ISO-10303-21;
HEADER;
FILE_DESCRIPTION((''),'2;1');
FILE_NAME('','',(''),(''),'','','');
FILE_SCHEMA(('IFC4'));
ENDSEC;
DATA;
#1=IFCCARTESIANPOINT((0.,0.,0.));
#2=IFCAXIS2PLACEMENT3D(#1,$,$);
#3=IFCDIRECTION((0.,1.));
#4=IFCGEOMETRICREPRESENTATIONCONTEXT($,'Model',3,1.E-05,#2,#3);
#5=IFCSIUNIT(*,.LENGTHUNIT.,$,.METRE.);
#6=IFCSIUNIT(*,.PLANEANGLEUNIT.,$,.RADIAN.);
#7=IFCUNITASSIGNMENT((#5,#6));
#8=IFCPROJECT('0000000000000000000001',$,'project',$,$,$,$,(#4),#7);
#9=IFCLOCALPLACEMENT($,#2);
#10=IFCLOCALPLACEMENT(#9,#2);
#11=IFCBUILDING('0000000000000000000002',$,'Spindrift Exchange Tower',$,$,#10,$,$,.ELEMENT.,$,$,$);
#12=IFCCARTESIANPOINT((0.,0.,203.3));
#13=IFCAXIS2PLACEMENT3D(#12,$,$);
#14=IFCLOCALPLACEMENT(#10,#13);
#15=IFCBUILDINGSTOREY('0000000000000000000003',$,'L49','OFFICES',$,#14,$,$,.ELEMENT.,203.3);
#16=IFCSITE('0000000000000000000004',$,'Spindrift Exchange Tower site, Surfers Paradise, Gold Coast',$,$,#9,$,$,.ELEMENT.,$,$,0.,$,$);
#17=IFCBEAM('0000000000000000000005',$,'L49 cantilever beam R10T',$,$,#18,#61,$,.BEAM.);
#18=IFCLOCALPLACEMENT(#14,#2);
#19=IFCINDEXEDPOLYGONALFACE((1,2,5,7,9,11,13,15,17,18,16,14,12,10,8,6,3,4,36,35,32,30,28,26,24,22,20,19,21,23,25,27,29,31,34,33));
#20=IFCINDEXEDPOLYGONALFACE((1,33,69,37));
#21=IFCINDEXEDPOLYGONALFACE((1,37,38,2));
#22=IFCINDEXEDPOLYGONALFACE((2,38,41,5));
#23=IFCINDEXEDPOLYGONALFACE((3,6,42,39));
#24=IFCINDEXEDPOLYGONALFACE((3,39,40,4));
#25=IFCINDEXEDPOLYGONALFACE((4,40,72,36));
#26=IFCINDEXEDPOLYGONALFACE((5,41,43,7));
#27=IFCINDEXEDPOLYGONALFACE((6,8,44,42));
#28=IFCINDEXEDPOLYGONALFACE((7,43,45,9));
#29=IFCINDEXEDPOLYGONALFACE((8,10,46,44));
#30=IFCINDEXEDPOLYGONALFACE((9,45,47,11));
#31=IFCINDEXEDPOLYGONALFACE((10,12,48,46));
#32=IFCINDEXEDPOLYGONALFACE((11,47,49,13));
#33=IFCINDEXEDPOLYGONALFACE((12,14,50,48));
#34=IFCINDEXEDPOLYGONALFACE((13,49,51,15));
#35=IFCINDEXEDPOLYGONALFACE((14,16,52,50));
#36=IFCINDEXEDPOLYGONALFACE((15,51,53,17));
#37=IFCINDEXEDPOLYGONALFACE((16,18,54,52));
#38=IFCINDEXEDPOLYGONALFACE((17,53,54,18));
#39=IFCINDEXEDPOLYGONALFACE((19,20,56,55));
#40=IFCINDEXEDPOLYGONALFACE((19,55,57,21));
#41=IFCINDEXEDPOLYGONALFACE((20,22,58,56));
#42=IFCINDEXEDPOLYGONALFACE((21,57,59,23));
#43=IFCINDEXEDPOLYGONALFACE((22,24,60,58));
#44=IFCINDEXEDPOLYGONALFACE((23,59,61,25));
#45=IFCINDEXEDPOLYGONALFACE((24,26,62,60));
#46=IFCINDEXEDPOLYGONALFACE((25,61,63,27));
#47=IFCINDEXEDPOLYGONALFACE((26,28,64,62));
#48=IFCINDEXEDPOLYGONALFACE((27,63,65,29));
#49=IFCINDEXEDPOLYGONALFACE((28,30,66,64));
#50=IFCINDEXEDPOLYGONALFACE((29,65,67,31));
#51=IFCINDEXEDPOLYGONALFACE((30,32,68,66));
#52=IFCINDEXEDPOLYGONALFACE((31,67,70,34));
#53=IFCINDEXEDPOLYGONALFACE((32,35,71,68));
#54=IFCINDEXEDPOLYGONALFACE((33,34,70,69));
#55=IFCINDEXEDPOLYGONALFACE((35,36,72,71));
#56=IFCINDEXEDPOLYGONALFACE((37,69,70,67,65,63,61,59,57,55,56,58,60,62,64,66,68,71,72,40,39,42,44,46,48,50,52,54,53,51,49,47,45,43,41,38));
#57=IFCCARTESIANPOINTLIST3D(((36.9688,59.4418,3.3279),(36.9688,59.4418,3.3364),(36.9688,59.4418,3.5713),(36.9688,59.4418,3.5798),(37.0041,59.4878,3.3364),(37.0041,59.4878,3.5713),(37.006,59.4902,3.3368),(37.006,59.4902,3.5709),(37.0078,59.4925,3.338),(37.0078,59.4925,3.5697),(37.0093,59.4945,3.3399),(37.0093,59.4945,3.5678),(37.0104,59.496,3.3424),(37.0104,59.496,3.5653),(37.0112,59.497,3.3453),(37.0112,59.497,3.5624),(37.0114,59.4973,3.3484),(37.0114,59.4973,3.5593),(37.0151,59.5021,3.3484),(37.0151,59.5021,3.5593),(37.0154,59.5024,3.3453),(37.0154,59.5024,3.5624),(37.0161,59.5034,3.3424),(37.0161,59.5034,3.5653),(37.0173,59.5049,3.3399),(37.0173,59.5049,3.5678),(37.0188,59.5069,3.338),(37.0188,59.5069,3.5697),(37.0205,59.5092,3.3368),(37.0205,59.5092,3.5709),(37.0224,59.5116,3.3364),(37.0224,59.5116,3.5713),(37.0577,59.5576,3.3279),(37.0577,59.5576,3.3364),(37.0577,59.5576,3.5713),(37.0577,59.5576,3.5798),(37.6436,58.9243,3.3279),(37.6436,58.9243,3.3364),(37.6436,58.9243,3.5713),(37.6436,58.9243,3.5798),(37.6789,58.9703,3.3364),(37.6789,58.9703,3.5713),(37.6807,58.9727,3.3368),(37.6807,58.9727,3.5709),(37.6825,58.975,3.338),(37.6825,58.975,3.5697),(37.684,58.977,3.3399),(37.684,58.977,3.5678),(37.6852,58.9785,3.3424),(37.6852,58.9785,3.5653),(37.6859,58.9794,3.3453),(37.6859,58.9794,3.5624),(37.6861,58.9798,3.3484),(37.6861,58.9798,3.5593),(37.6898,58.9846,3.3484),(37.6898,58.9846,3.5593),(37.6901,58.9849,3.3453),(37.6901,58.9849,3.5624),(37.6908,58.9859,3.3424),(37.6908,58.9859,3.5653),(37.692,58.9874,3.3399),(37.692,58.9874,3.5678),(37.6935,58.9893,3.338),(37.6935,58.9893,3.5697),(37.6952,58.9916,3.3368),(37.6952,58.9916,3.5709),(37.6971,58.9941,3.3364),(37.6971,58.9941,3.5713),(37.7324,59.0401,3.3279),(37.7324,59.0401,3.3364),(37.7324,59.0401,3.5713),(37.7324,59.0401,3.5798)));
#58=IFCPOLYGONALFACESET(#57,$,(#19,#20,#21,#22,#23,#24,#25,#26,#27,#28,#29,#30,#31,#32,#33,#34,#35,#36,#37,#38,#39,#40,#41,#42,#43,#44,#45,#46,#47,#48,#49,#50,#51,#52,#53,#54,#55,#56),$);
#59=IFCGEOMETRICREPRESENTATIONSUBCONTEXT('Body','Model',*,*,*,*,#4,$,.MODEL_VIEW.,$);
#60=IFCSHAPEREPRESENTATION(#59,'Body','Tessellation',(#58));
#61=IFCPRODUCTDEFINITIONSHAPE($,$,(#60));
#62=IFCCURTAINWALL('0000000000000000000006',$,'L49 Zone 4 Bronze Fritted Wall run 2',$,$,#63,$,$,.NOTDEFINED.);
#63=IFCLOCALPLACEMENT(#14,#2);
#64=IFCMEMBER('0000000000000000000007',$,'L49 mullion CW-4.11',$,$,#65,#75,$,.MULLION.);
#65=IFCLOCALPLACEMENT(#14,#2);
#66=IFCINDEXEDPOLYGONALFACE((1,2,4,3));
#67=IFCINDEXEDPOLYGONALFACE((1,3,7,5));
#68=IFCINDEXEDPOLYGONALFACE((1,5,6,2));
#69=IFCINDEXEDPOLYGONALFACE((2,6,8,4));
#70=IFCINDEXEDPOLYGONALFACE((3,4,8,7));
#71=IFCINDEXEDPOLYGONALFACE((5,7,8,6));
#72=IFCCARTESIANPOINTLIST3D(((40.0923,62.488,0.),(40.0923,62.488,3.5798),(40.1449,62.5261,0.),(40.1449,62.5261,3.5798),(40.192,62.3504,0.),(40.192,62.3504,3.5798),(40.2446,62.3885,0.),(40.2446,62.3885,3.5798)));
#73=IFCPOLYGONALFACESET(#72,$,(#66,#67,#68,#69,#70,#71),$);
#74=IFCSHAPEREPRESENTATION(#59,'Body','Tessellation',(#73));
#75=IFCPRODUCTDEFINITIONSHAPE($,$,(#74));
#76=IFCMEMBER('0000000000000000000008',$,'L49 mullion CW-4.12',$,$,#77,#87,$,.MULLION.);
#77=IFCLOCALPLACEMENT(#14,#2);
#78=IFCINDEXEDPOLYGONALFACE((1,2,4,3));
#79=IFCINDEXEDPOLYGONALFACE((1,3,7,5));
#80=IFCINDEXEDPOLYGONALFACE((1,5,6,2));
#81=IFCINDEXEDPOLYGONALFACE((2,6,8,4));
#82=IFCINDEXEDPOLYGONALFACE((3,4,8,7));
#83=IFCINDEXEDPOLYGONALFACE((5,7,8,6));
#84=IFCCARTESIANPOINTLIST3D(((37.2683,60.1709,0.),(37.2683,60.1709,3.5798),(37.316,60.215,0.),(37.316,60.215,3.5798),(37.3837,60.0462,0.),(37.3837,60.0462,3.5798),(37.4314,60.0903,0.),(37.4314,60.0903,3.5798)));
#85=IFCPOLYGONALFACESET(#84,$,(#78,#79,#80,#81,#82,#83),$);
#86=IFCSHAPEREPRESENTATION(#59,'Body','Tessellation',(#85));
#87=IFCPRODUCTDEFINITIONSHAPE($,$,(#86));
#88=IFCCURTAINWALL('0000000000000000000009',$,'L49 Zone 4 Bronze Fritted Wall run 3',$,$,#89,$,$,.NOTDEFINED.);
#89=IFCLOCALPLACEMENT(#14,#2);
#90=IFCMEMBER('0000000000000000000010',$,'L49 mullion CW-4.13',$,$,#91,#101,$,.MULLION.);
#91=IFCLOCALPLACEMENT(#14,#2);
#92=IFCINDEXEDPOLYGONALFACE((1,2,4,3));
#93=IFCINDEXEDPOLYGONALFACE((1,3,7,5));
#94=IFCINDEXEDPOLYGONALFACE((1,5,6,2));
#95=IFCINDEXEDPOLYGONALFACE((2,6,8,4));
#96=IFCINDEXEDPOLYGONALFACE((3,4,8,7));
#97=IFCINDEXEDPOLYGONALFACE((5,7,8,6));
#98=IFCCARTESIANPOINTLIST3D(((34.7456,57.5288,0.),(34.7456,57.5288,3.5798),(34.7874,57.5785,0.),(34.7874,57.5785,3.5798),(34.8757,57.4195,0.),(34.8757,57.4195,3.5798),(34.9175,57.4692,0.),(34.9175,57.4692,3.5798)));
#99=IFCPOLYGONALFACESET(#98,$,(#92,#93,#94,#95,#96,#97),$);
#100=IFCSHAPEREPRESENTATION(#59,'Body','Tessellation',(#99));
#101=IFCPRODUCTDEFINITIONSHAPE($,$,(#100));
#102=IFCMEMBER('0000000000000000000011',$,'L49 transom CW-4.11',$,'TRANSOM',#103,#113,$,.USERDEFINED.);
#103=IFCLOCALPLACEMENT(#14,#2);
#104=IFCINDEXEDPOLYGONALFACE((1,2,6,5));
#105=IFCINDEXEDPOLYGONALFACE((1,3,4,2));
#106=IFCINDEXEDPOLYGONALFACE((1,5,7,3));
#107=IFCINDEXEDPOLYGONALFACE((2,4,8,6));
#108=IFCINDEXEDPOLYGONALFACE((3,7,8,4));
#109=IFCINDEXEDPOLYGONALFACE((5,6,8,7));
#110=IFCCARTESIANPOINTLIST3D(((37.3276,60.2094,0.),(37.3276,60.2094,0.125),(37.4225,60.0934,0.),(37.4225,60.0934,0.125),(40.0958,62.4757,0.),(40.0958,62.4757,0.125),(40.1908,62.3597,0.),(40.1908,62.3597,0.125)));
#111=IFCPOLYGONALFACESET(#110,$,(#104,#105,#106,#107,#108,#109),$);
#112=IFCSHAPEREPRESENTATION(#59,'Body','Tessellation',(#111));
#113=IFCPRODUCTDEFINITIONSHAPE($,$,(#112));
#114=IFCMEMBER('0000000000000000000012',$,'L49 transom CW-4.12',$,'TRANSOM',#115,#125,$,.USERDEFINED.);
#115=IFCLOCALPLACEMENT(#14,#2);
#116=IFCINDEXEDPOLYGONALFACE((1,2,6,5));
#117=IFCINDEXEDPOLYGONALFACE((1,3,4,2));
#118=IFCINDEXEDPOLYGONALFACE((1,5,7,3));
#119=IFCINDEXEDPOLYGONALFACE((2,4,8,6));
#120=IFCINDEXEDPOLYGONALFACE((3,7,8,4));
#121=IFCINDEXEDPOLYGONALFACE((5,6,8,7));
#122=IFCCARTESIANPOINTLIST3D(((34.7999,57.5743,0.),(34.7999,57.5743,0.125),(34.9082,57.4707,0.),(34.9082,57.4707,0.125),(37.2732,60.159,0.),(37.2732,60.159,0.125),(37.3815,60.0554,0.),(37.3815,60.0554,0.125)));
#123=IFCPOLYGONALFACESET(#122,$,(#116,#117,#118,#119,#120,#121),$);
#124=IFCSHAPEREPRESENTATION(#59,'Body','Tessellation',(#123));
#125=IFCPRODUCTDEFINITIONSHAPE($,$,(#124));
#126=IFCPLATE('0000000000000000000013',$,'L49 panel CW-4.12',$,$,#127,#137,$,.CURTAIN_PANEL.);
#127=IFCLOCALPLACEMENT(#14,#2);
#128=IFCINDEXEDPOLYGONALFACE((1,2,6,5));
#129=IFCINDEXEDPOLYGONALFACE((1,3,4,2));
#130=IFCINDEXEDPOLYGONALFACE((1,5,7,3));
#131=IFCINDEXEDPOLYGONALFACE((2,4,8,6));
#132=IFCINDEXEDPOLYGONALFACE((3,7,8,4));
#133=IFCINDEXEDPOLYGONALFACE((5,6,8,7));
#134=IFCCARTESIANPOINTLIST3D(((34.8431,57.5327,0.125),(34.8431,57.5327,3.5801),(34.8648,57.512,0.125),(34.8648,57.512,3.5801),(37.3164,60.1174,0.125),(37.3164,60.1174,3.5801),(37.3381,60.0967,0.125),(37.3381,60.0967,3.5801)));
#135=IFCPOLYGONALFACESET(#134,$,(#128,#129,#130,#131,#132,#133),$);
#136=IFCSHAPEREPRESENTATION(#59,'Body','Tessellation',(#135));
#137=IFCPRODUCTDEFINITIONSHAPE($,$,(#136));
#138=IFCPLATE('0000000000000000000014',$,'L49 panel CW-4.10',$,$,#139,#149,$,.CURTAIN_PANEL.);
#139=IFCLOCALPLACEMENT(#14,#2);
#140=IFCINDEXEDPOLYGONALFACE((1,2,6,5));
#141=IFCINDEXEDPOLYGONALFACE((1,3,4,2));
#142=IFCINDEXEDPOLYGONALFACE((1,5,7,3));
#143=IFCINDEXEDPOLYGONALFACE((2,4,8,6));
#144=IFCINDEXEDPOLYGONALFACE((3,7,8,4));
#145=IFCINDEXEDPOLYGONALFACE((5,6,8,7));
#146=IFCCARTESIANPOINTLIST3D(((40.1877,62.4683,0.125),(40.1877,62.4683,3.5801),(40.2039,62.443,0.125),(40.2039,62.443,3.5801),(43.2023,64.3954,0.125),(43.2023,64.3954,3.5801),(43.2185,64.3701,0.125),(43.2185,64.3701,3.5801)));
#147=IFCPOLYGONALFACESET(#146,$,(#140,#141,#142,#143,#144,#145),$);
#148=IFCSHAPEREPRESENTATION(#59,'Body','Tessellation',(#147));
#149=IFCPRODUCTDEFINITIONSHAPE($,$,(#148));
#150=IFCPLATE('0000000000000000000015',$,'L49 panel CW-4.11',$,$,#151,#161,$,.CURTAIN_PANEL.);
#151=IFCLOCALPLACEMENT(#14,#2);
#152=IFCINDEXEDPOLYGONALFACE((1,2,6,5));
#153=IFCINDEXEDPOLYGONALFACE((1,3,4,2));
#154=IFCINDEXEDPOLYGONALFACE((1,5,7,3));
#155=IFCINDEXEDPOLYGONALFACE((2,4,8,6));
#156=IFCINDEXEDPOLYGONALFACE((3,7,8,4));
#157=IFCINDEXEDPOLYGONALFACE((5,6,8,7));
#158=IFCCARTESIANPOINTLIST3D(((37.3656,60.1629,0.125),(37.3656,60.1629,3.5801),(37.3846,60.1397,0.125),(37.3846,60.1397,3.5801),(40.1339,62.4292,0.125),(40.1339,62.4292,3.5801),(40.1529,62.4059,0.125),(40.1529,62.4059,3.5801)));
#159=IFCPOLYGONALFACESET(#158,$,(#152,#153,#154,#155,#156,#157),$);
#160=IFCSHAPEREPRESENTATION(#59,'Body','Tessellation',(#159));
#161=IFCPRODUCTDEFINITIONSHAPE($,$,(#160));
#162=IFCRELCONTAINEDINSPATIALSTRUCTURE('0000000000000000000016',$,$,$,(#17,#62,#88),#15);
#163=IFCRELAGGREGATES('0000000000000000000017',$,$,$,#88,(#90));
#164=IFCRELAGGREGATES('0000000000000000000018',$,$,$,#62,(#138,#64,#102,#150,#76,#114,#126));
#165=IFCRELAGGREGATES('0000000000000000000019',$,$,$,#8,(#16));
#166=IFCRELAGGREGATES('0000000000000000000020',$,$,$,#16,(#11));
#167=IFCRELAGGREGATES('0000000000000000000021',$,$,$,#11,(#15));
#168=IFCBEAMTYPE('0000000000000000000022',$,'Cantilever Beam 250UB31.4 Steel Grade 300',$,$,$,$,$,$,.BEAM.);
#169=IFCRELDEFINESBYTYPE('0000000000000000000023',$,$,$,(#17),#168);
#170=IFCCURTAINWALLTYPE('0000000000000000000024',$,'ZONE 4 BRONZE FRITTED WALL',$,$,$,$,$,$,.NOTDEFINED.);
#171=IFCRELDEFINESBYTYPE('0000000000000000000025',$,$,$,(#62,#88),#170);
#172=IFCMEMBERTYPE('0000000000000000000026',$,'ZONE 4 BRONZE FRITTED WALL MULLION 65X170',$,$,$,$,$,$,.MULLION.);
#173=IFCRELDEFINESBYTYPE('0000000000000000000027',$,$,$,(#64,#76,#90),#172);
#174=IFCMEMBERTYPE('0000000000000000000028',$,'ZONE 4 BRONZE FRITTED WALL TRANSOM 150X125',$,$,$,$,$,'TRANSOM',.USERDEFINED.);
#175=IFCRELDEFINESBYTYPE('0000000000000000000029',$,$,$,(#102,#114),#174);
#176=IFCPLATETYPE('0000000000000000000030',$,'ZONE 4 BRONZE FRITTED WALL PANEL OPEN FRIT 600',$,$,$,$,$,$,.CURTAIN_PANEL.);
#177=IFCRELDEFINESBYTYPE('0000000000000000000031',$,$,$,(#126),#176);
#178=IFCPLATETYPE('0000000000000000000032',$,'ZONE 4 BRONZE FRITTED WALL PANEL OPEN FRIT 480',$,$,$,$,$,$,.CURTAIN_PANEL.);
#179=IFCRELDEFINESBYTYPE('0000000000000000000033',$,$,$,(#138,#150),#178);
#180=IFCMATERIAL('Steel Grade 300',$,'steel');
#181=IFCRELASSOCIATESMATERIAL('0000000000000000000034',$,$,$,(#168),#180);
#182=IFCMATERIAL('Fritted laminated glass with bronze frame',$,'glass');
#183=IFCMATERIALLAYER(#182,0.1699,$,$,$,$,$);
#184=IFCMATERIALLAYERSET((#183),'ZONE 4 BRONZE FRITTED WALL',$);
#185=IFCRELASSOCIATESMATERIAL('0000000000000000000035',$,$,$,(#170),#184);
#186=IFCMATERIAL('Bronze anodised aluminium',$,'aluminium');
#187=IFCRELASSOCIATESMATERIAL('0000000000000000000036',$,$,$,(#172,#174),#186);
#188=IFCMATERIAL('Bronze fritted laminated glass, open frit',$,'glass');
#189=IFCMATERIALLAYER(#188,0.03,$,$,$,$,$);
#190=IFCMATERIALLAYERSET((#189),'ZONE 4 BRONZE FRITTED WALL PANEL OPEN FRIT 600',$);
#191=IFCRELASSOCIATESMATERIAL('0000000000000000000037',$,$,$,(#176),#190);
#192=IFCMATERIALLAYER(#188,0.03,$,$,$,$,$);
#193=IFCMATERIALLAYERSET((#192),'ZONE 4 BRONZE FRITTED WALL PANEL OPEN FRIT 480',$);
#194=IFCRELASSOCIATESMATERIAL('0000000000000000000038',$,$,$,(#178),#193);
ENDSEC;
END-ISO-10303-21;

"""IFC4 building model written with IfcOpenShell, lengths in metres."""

from ifc_helpers import new_model, si_unit, direction, frame, origin, origin_2d, place, context, subcontext, project, spatial, rectangle, i_section, extrude, source, transform, mapped, material, layer, layer_set, material_profile, profile_set, type_object, element, aggregate, save


model = new_model("IFC4")

# Units and contexts
model_context = context("Model", 3, precision=1e-05, world=origin(), true_north=direction((0.0, 1.0)))
body_context = subcontext(model_context, "Body", "Model", "MODEL_VIEW")
ifc_project = project(units=[si_unit("LENGTHUNIT", "METRE"), si_unit("PLANEANGLEUNIT", "RADIAN")], contexts=[model_context])

# Site, building, storey
site_placement = place(None, origin())
site = spatial("IfcSite", under=ifc_project, at=site_placement, Name="Spindrift Exchange Tower site, Surfers Paradise, Gold Coast", CompositionType="ELEMENT", RefElevation=0.0)
building_placement = place(site_placement, origin())
building = spatial("IfcBuilding", under=site, at=building_placement, Name="Spindrift Exchange Tower", CompositionType="ELEMENT")
storey_placement = place(building_placement, frame((0.0, 0.0, 203.3)))
storey = spatial("IfcBuildingStorey", under=building, at=storey_placement, Name="L49", Description="OFFICES", CompositionType="ELEMENT", Elevation=203.3)

# Beam
ifc_material_1 = material(Name="Steel Grade 300", Category="steel")
ifc_material_profile_1 = material_profile(ifc_material_1, i_section(OverallWidth=0.146, OverallDepth=0.252, WebThickness=0.0061, FlangeThickness=0.0085, FilletRadius=0.012, at=origin_2d()), Name="250UB31.4")
ifc_profile_set_1 = profile_set([ifc_material_profile_1], Name="Steel Grade 300")
beam_type_1 = type_object("IfcBeamType", Name="Cantilever Beam 250UB31.4 Steel Grade 300", PredefinedType="BEAM", material=ifc_profile_set_1)
shared_shape_1 = source(origin(), body_context, "Body", "SweptSolid", [
    extrude(i_section(OverallWidth=0.146, OverallDepth=0.252, WebThickness=0.0061, FlangeThickness=0.0085, FilletRadius=0.012, at=origin_2d()), origin(), (0.0, 0.0, 1.0), 0.8503),
])
beam_1_placement = place(storey_placement, frame((37.688, 58.9822, 3.4539), z_axis=(-0.793477, 0.6086, 0.0), x_axis=(-0.6086, -0.793477, 0.0)))
element("IfcBeam", 1, at=beam_1_placement, inside=storey, type_object=beam_type_1, Name="L49 cantilever beam R10T", PredefinedType="BEAM", context=body_context, shape_type="MappedRepresentation", body=[
    mapped(shared_shape_1, transform((0.0, 0.0, 0.0), scale=1.0)),
])

# Curtain wall, members
ifc_material_2 = material(Name="Fritted laminated glass with bronze frame", Category="glass")
ifc_layer_1 = layer(ifc_material_2, 0.1699)
ifc_layer_set_1 = layer_set([ifc_layer_1], Name="ZONE 4 BRONZE FRITTED WALL")
curtain_wall_type = type_object("IfcCurtainWallType", Name="ZONE 4 BRONZE FRITTED WALL", PredefinedType="NOTDEFINED", material=ifc_layer_set_1)
curtain_wall_1_placement = place(storey_placement, origin())
curtain_wall_1 = element("IfcCurtainWall", 2, at=curtain_wall_1_placement, inside=storey, type_object=curtain_wall_type, Name="L49 Zone 4 Bronze Fritted Wall run 2", PredefinedType="NOTDEFINED")
ifc_material_3 = material(Name="Bronze anodised aluminium", Category="aluminium")
ifc_material_profile_2 = material_profile(ifc_material_3, rectangle(XDim=0.0649, YDim=0.1699, at=origin_2d()), Name="ZONE 4 BRONZE FRITTED WALL MULLION 65X170")
ifc_profile_set_2 = profile_set([ifc_material_profile_2], Name="Bronze anodised aluminium")
member_type_1 = type_object("IfcMemberType", Name="ZONE 4 BRONZE FRITTED WALL MULLION 65X170", PredefinedType="MULLION", material=ifc_profile_set_2)
shared_shape_2 = source(origin(), body_context, "Body", "SweptSolid", [
    extrude(rectangle(XDim=0.0649, YDim=0.1699, at=origin_2d()), origin(), (0.0, 0.0, 1.0), 3.5798),
])
member_1_placement = place(storey_placement, frame((40.1685, 62.4382, 0.0), z_axis=(0.0, 0.0, 1.0), x_axis=(-0.809564, -0.587031, 0.0)))
member_1 = element("IfcMember", 3, at=member_1_placement, type_object=member_type_1, Name="L49 mullion CW-4.11", PredefinedType="MULLION", context=body_context, shape_type="MappedRepresentation", body=[
    mapped(shared_shape_2, transform((0.0, 0.0, 0.0), scale=1.0)),
])
member_2_placement = place(storey_placement, frame((37.3499, 60.1306, 0.0), z_axis=(0.0, 0.0, 1.0), x_axis=(-0.733928, -0.679227, 0.0)))
member_2 = element("IfcMember", 4, at=member_2_placement, type_object=member_type_1, Name="L49 mullion CW-4.12", PredefinedType="MULLION", context=body_context, shape_type="MappedRepresentation", body=[
    mapped(shared_shape_2, transform((0.0, 0.0, 0.0), scale=1.0)),
])

# Curtain wall, member
curtain_wall_2_placement = place(storey_placement, origin())
curtain_wall_2 = element("IfcCurtainWall", 5, at=curtain_wall_2_placement, inside=storey, type_object=curtain_wall_type, Name="L49 Zone 4 Bronze Fritted Wall run 3", PredefinedType="NOTDEFINED")
member_3_placement = place(storey_placement, frame((34.8315, 57.499, 0.0), z_axis=(0.0, 0.0, 1.0), x_axis=(-0.64325, -0.765656, 0.0)))
member_3 = element("IfcMember", 6, at=member_3_placement, type_object=member_type_1, Name="L49 mullion CW-4.13", PredefinedType="MULLION", context=body_context, shape_type="MappedRepresentation", body=[
    mapped(shared_shape_2, transform((0.0, 0.0, 0.0), scale=1.0)),
])
aggregate(curtain_wall_2, [member_3])

# Members
ifc_material_profile_3 = material_profile(ifc_material_3, rectangle(XDim=0.1499, YDim=0.125, at=origin_2d()), Name="ZONE 4 BRONZE FRITTED WALL TRANSOM 150X125")
ifc_profile_set_3 = profile_set([ifc_material_profile_3], Name="Bronze anodised aluminium")
member_type_2 = type_object("IfcMemberType", Name="ZONE 4 BRONZE FRITTED WALL TRANSOM 150X125", ElementType="TRANSOM", PredefinedType="USERDEFINED", material=ifc_profile_set_3)
shared_shape_3 = source(origin(), body_context, "Body", "SweptSolid", [
    extrude(rectangle(XDim=0.1499, YDim=0.125, at=origin_2d()), origin(), (0.0, 0.0, 1.0), 3.5776),
])
member_4_placement = place(storey_placement, frame((40.1433, 62.4177, 0.0625), z_axis=(-0.773769, -0.633468, 0.0), x_axis=(0.633468, -0.773769, 0.0)))
member_4 = element("IfcMember", 7, at=member_4_placement, type_object=member_type_2, Name="L49 transom CW-4.11", ObjectType="TRANSOM", PredefinedType="USERDEFINED", context=body_context, shape_type="MappedRepresentation", body=[
    mapped(shared_shape_3, transform((0.0, 0.0, 0.0), scale=1.0)),
])
shared_shape_4 = source(origin(), body_context, "Body", "SweptSolid", [
    extrude(rectangle(XDim=0.1499, YDim=0.125, at=origin_2d()), origin(), (0.0, 0.0, 1.0), 3.5774),
])
member_5_placement = place(storey_placement, frame((37.3274, 60.1072, 0.0625), z_axis=(-0.691376, -0.722495, 0.0), x_axis=(0.722495, -0.691376, 0.0)))
member_5 = element("IfcMember", 8, at=member_5_placement, type_object=member_type_2, Name="L49 transom CW-4.12", ObjectType="TRANSOM", PredefinedType="USERDEFINED", context=body_context, shape_type="MappedRepresentation", body=[
    mapped(shared_shape_4, transform((0.0, 0.0, 0.0), scale=1.0)),
])

# Plates
ifc_material_4 = material(Name="Bronze fritted laminated glass, open frit", Category="glass")
ifc_layer_2 = layer(ifc_material_4, 0.03)
ifc_layer_set_2 = layer_set([ifc_layer_2], Name="ZONE 4 BRONZE FRITTED WALL PANEL OPEN FRIT 600")
plate_type_1 = type_object("IfcPlateType", Name="ZONE 4 BRONZE FRITTED WALL PANEL OPEN FRIT 600", PredefinedType="CURTAIN_PANEL", material=ifc_layer_set_2)
shared_shape_5 = source(origin(), body_context, "Body", "SweptSolid", [
    extrude(rectangle(XDim=3.5774, YDim=0.03, at=origin_2d()), origin(), (0.0, 0.0, 1.0), 3.4551),
])
plate_1_placement = place(storey_placement, frame((36.0906, 58.8147, 0.125), z_axis=(0.0, 0.0, 1.0), x_axis=(-0.691369, -0.722502, 0.0)))
plate_1 = element("IfcPlate", 9, at=plate_1_placement, type_object=plate_type_1, Name="L49 panel CW-4.12", PredefinedType="CURTAIN_PANEL", context=body_context, shape_type="MappedRepresentation", body=[
    mapped(shared_shape_5, transform((0.0, 0.0, 0.0), scale=1.0)),
])
ifc_layer_3 = layer(ifc_material_4, 0.03)
ifc_layer_set_3 = layer_set([ifc_layer_3], Name="ZONE 4 BRONZE FRITTED WALL PANEL OPEN FRIT 480")
plate_type_2 = type_object("IfcPlateType", Name="ZONE 4 BRONZE FRITTED WALL PANEL OPEN FRIT 480", PredefinedType="CURTAIN_PANEL", material=ifc_layer_set_3)
shared_shape_6 = source(origin(), body_context, "Body", "SweptSolid", [
    extrude(rectangle(XDim=3.5779, YDim=0.03, at=origin_2d()), origin(), (0.0, 0.0, 1.0), 3.4551),
])
plate_2_placement = place(storey_placement, frame((41.7031, 63.4192, 0.125), z_axis=(0.0, 0.0, 1.0), x_axis=(-0.842564, -0.538596, 0.0)))
plate_2 = element("IfcPlate", 10, at=plate_2_placement, type_object=plate_type_2, Name="L49 panel CW-4.10", PredefinedType="CURTAIN_PANEL", context=body_context, shape_type="MappedRepresentation", body=[
    mapped(shared_shape_6, transform((0.0, 0.0, 0.0), scale=1.0)),
])
shared_shape_7 = source(origin(), body_context, "Body", "SweptSolid", [
    extrude(rectangle(XDim=3.5776, YDim=0.03, at=origin_2d()), origin(), (0.0, 0.0, 1.0), 3.4551),
])
plate_3_placement = place(storey_placement, frame((38.7593, 61.2844, 0.125), z_axis=(0.0, 0.0, 1.0), x_axis=(-0.773784, -0.63345, 0.0)))
plate_3 = element("IfcPlate", 11, at=plate_3_placement, type_object=plate_type_2, Name="L49 panel CW-4.11", PredefinedType="CURTAIN_PANEL", context=body_context, shape_type="MappedRepresentation", body=[
    mapped(shared_shape_7, transform((0.0, 0.0, 0.0), scale=1.0)),
])
aggregate(curtain_wall_1, [plate_2, member_1, member_4, plate_3, member_2, member_5, plate_1])

save(model, "model.ifc")
